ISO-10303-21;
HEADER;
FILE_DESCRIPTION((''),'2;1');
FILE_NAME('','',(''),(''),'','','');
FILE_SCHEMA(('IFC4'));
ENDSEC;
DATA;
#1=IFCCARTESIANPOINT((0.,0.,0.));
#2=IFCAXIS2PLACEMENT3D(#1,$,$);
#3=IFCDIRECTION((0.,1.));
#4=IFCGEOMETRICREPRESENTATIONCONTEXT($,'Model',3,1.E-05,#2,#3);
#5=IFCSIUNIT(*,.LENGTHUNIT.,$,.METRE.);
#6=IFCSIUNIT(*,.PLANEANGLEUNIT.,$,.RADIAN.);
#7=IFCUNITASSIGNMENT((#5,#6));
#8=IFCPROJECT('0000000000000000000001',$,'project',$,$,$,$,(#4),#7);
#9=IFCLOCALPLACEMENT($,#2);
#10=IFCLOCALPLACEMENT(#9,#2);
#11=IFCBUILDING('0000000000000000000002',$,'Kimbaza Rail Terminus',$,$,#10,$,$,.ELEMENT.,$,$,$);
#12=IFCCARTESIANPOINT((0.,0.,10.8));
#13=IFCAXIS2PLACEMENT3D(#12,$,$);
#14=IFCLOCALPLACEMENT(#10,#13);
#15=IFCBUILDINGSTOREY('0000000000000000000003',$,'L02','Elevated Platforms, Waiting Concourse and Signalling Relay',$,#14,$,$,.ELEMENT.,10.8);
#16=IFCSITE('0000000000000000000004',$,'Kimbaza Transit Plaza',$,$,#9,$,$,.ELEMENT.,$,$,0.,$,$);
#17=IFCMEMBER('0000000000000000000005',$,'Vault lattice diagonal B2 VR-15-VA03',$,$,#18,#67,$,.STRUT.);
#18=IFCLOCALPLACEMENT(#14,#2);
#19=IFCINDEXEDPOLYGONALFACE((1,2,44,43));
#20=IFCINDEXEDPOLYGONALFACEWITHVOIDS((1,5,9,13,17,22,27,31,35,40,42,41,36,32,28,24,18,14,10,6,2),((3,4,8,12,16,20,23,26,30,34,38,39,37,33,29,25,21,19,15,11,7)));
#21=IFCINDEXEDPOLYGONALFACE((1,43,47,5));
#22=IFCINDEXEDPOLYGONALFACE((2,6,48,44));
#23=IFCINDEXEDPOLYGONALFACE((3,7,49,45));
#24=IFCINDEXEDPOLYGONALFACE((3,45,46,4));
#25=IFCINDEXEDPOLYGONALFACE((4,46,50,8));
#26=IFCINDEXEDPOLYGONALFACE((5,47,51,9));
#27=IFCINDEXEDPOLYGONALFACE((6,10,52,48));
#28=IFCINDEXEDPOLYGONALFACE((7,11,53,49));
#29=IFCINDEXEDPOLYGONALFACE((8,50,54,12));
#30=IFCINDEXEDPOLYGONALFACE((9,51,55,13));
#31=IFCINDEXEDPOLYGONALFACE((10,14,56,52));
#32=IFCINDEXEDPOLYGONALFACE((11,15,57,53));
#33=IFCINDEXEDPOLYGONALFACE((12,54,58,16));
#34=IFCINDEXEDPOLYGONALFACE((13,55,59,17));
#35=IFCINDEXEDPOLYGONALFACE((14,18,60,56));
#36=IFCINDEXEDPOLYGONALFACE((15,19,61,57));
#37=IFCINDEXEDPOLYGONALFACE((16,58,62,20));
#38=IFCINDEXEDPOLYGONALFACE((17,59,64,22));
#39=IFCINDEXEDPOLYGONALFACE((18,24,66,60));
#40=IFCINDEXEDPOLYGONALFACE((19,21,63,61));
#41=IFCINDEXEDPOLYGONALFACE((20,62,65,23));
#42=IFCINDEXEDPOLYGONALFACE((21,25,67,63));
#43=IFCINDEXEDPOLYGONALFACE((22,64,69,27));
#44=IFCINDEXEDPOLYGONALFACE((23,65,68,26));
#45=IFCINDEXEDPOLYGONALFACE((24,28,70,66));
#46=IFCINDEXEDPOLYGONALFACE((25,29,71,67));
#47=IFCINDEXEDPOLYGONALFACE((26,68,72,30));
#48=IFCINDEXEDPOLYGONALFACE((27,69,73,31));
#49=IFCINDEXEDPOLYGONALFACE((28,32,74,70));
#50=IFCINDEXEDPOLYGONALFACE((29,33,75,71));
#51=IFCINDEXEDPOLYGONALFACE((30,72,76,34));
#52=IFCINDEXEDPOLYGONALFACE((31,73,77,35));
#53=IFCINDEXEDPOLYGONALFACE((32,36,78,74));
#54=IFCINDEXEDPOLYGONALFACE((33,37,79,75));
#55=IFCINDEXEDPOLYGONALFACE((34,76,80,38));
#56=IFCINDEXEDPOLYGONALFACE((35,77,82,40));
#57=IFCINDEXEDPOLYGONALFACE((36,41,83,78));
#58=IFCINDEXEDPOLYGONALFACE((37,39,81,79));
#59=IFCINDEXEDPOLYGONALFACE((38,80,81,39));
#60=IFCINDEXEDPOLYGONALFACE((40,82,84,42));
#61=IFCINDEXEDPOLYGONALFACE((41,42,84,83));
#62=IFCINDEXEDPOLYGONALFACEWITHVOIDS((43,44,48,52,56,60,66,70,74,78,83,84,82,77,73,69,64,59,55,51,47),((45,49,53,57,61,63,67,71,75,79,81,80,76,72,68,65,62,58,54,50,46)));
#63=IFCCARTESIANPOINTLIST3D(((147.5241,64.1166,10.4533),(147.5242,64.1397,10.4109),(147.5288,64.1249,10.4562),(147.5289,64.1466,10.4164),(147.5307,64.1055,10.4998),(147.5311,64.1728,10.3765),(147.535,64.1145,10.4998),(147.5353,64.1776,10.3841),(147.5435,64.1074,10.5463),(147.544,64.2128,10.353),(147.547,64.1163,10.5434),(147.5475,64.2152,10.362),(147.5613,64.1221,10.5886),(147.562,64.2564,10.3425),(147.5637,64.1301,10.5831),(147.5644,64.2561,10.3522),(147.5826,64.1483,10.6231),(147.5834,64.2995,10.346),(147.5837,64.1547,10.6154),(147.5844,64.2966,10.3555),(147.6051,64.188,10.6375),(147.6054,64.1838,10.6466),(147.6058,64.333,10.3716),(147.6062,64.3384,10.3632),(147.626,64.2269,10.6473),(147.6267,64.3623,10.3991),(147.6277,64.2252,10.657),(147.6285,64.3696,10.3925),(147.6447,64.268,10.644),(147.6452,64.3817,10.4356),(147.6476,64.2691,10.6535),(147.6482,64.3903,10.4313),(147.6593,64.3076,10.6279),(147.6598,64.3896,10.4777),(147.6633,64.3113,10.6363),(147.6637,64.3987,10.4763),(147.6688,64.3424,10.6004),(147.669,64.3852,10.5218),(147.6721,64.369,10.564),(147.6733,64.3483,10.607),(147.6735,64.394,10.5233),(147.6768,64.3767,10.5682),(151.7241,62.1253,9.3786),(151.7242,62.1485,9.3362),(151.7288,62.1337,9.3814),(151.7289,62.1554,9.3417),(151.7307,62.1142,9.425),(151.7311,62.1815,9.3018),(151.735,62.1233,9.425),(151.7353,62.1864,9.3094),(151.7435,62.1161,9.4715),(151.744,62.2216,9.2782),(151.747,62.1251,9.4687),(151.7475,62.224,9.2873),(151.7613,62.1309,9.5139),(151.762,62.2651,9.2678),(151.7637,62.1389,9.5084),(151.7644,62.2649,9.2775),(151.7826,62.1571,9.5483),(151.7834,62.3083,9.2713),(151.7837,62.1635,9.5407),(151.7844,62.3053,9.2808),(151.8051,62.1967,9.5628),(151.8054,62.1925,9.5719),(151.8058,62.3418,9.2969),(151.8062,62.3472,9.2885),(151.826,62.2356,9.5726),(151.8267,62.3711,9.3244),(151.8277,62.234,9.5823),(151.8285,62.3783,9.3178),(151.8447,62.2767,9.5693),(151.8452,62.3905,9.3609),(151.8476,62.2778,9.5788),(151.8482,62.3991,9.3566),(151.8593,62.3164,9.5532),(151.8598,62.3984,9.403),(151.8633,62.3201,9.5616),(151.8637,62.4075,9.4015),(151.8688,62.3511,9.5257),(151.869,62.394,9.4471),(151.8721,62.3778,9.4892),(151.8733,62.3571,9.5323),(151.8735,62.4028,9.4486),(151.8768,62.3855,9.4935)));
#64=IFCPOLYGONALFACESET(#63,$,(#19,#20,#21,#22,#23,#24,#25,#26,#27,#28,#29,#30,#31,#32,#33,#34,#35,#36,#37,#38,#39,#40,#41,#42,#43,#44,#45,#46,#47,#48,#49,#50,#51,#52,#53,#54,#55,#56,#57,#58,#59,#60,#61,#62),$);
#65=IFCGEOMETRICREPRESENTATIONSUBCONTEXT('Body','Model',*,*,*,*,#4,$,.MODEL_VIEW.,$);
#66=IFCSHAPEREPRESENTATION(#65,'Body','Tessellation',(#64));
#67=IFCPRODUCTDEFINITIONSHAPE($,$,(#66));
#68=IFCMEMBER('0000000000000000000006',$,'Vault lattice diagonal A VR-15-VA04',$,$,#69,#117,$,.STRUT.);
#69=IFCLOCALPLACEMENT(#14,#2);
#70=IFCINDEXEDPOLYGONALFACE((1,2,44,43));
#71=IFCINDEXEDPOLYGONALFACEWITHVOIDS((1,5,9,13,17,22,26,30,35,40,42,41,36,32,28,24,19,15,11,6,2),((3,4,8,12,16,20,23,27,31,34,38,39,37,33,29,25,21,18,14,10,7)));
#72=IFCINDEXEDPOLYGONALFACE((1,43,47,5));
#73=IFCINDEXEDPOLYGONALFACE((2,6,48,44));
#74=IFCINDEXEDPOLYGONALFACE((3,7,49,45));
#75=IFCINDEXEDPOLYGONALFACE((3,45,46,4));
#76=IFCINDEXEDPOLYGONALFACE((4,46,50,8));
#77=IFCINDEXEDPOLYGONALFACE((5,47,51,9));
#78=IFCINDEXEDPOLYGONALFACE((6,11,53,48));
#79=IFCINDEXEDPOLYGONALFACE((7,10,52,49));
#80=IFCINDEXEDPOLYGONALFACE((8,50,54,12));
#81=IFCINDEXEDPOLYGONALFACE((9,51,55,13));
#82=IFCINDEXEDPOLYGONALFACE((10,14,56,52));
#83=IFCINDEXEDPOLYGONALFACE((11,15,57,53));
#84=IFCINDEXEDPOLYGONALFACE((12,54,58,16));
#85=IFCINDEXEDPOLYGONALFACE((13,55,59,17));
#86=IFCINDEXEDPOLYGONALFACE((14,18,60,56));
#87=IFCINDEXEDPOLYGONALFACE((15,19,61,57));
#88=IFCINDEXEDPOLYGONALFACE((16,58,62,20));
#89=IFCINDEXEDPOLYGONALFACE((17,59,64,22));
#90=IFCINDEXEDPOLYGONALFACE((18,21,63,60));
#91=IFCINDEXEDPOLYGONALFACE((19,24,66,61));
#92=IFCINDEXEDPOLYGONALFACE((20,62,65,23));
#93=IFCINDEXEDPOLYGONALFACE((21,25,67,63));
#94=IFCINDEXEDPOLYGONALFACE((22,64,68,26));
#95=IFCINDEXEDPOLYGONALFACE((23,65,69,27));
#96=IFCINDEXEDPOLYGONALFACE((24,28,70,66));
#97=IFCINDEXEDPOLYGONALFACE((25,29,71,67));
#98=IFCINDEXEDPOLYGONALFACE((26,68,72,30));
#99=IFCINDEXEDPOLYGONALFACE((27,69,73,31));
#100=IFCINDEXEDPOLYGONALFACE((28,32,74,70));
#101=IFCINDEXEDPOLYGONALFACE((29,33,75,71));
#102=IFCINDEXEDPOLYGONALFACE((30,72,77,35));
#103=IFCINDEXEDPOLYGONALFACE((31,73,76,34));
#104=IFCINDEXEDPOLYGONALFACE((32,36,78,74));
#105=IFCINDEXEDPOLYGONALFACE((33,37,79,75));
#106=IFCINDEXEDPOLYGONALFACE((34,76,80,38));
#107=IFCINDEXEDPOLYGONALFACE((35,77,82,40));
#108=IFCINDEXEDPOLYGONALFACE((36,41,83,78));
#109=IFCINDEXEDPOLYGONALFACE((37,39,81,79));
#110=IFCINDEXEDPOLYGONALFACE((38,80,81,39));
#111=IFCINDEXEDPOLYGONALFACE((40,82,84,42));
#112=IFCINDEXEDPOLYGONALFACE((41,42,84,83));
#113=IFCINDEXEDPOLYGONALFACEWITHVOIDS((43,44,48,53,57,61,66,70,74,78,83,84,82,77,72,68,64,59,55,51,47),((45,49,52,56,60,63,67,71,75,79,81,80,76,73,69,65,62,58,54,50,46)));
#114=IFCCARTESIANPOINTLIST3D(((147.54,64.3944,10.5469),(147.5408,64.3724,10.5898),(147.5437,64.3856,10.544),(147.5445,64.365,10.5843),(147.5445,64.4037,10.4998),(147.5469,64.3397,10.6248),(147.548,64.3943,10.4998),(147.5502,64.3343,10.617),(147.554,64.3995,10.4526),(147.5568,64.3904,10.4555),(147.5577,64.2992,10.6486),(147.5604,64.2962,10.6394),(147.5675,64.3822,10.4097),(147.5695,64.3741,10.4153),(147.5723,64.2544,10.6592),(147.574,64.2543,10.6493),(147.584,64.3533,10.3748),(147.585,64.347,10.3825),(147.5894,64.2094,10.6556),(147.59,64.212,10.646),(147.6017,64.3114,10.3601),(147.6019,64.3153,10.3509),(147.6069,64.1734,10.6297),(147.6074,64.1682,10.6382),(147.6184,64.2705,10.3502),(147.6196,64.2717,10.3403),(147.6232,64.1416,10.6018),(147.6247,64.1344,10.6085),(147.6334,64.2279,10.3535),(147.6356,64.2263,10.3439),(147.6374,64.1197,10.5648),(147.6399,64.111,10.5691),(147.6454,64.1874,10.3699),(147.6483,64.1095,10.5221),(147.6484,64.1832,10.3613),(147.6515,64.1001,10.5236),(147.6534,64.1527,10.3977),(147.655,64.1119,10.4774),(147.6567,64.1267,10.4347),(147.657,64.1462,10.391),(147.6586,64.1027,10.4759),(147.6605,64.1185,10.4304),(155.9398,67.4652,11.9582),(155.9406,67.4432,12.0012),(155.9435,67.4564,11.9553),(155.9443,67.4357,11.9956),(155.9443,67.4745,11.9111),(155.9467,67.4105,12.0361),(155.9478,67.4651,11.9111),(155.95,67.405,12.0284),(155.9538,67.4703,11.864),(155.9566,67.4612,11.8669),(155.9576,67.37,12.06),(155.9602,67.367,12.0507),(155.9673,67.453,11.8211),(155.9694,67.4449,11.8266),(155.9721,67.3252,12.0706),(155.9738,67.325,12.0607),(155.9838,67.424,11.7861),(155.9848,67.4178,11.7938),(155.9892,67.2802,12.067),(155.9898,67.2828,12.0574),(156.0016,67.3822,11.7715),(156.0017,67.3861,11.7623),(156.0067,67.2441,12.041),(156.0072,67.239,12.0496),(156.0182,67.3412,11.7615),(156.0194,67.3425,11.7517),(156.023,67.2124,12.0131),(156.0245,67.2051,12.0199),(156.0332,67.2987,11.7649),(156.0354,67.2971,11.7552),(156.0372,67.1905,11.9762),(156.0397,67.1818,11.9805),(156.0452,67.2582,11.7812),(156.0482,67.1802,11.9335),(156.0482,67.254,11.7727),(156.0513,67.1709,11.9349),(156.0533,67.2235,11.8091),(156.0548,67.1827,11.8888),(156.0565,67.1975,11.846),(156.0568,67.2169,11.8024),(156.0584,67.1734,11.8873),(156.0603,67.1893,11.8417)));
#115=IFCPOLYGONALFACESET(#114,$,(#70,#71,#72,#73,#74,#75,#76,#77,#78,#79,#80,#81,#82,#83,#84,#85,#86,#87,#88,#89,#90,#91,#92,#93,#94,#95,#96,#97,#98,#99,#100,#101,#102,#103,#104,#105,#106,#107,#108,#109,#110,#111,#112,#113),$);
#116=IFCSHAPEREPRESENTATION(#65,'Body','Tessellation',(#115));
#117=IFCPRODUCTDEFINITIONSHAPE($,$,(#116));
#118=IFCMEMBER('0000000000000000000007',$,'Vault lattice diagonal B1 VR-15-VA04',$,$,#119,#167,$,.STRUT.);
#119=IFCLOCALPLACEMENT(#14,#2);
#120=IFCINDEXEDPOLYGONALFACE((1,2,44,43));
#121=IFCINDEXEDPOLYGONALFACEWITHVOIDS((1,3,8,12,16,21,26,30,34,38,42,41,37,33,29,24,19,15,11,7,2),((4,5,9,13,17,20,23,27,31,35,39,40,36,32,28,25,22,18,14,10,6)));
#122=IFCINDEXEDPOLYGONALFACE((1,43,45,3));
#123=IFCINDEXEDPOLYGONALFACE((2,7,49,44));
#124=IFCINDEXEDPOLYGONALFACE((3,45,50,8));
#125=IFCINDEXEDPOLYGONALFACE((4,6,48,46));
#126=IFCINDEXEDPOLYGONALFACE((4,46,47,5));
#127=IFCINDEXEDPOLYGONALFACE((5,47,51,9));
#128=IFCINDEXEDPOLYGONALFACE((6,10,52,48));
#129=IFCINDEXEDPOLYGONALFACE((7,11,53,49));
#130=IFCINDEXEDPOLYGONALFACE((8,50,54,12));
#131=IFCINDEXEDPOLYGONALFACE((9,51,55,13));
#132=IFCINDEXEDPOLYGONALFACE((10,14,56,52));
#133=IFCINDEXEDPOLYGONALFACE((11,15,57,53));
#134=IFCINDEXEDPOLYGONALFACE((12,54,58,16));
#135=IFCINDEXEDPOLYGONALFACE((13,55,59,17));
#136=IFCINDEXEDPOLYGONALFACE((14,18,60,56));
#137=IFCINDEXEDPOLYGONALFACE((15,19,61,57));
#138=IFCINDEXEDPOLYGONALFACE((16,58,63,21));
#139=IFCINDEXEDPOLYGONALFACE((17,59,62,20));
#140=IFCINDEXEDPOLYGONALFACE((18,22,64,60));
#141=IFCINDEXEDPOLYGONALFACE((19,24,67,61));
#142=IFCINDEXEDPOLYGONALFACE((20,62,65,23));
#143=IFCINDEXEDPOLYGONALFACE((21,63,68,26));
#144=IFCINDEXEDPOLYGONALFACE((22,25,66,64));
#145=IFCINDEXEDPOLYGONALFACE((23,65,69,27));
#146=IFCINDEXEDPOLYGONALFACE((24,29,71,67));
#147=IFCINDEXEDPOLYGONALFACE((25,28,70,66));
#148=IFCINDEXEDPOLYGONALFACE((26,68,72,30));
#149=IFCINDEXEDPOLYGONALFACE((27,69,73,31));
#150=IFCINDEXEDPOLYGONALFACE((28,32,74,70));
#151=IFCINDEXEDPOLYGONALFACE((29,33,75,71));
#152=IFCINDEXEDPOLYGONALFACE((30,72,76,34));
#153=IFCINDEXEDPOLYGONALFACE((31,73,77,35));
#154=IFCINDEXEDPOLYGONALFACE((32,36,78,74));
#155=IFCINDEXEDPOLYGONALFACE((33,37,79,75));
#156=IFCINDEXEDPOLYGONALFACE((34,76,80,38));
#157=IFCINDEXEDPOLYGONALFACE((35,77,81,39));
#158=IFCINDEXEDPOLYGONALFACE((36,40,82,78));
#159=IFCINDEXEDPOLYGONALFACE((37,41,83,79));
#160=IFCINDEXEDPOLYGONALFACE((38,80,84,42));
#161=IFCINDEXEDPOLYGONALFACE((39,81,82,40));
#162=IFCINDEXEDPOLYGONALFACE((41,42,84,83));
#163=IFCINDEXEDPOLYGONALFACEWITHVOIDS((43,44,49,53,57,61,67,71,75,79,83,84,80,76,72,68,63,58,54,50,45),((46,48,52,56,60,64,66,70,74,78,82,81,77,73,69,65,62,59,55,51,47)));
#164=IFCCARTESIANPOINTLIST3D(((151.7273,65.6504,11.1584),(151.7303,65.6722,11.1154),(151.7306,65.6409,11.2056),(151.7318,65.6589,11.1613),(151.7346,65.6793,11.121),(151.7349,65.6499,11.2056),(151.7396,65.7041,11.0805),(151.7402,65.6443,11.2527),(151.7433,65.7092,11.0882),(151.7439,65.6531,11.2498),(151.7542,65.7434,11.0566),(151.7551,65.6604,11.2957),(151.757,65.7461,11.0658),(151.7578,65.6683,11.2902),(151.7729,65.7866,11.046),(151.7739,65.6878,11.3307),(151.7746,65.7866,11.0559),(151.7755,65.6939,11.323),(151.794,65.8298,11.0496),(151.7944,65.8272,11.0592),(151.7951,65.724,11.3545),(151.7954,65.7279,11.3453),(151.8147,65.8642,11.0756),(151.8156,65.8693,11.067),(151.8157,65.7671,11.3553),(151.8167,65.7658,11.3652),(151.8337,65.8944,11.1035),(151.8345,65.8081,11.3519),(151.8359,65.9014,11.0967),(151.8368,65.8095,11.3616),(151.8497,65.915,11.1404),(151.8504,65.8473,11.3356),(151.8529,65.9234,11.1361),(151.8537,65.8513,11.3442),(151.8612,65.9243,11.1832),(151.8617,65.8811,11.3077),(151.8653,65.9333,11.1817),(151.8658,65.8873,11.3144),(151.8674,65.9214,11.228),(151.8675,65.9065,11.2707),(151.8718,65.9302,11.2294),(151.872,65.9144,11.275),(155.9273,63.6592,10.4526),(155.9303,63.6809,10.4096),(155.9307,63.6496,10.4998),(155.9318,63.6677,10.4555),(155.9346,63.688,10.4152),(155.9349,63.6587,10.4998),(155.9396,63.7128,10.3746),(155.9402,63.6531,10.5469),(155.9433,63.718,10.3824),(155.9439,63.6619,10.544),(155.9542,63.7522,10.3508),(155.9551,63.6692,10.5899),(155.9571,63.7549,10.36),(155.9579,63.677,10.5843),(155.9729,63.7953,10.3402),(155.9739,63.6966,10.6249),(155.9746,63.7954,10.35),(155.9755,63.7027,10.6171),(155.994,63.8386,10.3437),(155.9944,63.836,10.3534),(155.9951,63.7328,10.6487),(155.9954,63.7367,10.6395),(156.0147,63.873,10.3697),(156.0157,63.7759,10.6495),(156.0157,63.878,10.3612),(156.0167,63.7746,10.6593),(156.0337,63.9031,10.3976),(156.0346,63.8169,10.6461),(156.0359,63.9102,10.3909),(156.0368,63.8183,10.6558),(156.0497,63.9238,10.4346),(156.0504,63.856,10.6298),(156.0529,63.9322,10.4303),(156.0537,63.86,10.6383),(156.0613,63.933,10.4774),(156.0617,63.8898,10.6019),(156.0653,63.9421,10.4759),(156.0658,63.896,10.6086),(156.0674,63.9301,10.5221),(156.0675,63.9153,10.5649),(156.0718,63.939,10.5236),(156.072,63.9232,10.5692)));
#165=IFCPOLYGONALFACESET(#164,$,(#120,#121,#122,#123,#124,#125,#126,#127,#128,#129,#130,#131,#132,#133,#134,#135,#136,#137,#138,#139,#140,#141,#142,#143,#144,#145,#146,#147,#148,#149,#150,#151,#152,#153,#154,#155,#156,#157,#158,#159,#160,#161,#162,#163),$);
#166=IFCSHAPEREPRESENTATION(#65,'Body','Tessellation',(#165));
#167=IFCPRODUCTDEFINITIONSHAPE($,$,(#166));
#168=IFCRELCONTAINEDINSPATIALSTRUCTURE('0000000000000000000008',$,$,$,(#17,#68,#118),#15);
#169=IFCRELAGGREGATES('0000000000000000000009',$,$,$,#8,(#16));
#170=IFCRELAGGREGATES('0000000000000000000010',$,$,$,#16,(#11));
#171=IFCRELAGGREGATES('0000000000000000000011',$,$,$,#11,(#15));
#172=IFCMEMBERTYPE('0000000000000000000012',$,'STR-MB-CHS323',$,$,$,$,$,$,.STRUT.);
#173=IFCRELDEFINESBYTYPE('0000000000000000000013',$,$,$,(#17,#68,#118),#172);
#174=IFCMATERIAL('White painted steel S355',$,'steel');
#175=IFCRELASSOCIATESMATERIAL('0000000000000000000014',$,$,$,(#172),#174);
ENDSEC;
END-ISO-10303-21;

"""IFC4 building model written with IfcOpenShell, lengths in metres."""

from ifc_helpers import new_model, si_unit, direction, frame, origin, origin_2d, place, context, subcontext, project, spatial, hollow_circle, extrude, material, material_profile, profile_set, type_object, element, save


model = new_model("IFC4")

# Units and contexts
model_context = context("Model", 3, precision=1e-05, world=origin(), true_north=direction((0.0, 1.0)))
body_context = subcontext(model_context, "Body", "Model", "MODEL_VIEW")
ifc_project = project(units=[si_unit("LENGTHUNIT", "METRE"), si_unit("PLANEANGLEUNIT", "RADIAN")], contexts=[model_context])

# Site, building, storey
site_placement = place(None, origin())
site = spatial("IfcSite", under=ifc_project, at=site_placement, Name="Kimbaza Transit Plaza", CompositionType="ELEMENT", RefElevation=0.0)
building_placement = place(site_placement, origin())
building = spatial("IfcBuilding", under=site, at=building_placement, Name="Kimbaza Rail Terminus", CompositionType="ELEMENT")
storey_placement = place(building_placement, frame((0.0, 0.0, 10.8)))
storey = spatial("IfcBuildingStorey", under=building, at=storey_placement, Name="L02", Description="Elevated Platforms, Waiting Concourse and Signalling Relay", CompositionType="ELEMENT", Elevation=10.8)

# Members
ifc_material_1 = material(Name="White painted steel S355", Category="steel")
ifc_material_profile_1 = material_profile(ifc_material_1, hollow_circle(Radius=0.1619, WallThickness=0.01, at=origin_2d()), Name="CHS 323.9x10")
ifc_profile_set_1 = profile_set([ifc_material_profile_1], Name="White painted steel S355")
member_type_1 = type_object("IfcMemberType", Name="STR-MB-CHS323", PredefinedType="STRUT", material=ifc_profile_set_1)
member_1_placement = place(storey_placement, frame((151.8, 62.2605, 9.425), z_axis=(-0.880365, 0.417384, 0.225273), x_axis=(-0.428396, -0.903591, 0.0)))
element("IfcMember", 1, at=member_1_placement, inside=storey, type_object=member_type_1, Name="Vault lattice diagonal B2 VR-15-VA03", PredefinedType="STRUT", context=body_context, shape_type="SweptSolid", body=[
    extrude(hollow_circle(Radius=0.1619, WallThickness=0.01, at=origin_2d()), origin(), (0.0, 0.0, 1.0), 4.7708),
])
member_2_placement = place(storey_placement, frame((147.6001, 64.2517, 10.4998), z_axis=(0.927726, 0.339154, 0.155879), x_axis=(-0.343351, 0.939207, 0.0)))
element("IfcMember", 2, at=member_2_placement, inside=storey, type_object=member_type_1, Name="Vault lattice diagonal A VR-15-VA04", PredefinedType="STRUT", context=body_context, shape_type="SweptSolid", body=[
    extrude(hollow_circle(Radius=0.1619, WallThickness=0.01, at=origin_2d()), origin(), (0.0, 0.0, 1.0), 9.0542),
])
for number, where, z_axis, x_axis, name in (
    (3, (156.0, 63.7959, 10.4998), (-0.89335, 0.42354, 0.150129), (-0.428396, -0.903591, 0.0), "Vault lattice diagonal B1 VR-15-VA04"),
):
    element("IfcMember", number, at=place(storey_placement, frame(where, z_axis=z_axis, x_axis=x_axis)), inside=storey, type_object=member_type_1, Name=name, PredefinedType="STRUT", context=body_context, shape_type="SweptSolid", body=[
        extrude(hollow_circle(Radius=0.1619, WallThickness=0.01, at=origin_2d()), origin(), (0.0, 0.0, 1.0), 4.7014),
    ])

save(model, "model.ifc")
